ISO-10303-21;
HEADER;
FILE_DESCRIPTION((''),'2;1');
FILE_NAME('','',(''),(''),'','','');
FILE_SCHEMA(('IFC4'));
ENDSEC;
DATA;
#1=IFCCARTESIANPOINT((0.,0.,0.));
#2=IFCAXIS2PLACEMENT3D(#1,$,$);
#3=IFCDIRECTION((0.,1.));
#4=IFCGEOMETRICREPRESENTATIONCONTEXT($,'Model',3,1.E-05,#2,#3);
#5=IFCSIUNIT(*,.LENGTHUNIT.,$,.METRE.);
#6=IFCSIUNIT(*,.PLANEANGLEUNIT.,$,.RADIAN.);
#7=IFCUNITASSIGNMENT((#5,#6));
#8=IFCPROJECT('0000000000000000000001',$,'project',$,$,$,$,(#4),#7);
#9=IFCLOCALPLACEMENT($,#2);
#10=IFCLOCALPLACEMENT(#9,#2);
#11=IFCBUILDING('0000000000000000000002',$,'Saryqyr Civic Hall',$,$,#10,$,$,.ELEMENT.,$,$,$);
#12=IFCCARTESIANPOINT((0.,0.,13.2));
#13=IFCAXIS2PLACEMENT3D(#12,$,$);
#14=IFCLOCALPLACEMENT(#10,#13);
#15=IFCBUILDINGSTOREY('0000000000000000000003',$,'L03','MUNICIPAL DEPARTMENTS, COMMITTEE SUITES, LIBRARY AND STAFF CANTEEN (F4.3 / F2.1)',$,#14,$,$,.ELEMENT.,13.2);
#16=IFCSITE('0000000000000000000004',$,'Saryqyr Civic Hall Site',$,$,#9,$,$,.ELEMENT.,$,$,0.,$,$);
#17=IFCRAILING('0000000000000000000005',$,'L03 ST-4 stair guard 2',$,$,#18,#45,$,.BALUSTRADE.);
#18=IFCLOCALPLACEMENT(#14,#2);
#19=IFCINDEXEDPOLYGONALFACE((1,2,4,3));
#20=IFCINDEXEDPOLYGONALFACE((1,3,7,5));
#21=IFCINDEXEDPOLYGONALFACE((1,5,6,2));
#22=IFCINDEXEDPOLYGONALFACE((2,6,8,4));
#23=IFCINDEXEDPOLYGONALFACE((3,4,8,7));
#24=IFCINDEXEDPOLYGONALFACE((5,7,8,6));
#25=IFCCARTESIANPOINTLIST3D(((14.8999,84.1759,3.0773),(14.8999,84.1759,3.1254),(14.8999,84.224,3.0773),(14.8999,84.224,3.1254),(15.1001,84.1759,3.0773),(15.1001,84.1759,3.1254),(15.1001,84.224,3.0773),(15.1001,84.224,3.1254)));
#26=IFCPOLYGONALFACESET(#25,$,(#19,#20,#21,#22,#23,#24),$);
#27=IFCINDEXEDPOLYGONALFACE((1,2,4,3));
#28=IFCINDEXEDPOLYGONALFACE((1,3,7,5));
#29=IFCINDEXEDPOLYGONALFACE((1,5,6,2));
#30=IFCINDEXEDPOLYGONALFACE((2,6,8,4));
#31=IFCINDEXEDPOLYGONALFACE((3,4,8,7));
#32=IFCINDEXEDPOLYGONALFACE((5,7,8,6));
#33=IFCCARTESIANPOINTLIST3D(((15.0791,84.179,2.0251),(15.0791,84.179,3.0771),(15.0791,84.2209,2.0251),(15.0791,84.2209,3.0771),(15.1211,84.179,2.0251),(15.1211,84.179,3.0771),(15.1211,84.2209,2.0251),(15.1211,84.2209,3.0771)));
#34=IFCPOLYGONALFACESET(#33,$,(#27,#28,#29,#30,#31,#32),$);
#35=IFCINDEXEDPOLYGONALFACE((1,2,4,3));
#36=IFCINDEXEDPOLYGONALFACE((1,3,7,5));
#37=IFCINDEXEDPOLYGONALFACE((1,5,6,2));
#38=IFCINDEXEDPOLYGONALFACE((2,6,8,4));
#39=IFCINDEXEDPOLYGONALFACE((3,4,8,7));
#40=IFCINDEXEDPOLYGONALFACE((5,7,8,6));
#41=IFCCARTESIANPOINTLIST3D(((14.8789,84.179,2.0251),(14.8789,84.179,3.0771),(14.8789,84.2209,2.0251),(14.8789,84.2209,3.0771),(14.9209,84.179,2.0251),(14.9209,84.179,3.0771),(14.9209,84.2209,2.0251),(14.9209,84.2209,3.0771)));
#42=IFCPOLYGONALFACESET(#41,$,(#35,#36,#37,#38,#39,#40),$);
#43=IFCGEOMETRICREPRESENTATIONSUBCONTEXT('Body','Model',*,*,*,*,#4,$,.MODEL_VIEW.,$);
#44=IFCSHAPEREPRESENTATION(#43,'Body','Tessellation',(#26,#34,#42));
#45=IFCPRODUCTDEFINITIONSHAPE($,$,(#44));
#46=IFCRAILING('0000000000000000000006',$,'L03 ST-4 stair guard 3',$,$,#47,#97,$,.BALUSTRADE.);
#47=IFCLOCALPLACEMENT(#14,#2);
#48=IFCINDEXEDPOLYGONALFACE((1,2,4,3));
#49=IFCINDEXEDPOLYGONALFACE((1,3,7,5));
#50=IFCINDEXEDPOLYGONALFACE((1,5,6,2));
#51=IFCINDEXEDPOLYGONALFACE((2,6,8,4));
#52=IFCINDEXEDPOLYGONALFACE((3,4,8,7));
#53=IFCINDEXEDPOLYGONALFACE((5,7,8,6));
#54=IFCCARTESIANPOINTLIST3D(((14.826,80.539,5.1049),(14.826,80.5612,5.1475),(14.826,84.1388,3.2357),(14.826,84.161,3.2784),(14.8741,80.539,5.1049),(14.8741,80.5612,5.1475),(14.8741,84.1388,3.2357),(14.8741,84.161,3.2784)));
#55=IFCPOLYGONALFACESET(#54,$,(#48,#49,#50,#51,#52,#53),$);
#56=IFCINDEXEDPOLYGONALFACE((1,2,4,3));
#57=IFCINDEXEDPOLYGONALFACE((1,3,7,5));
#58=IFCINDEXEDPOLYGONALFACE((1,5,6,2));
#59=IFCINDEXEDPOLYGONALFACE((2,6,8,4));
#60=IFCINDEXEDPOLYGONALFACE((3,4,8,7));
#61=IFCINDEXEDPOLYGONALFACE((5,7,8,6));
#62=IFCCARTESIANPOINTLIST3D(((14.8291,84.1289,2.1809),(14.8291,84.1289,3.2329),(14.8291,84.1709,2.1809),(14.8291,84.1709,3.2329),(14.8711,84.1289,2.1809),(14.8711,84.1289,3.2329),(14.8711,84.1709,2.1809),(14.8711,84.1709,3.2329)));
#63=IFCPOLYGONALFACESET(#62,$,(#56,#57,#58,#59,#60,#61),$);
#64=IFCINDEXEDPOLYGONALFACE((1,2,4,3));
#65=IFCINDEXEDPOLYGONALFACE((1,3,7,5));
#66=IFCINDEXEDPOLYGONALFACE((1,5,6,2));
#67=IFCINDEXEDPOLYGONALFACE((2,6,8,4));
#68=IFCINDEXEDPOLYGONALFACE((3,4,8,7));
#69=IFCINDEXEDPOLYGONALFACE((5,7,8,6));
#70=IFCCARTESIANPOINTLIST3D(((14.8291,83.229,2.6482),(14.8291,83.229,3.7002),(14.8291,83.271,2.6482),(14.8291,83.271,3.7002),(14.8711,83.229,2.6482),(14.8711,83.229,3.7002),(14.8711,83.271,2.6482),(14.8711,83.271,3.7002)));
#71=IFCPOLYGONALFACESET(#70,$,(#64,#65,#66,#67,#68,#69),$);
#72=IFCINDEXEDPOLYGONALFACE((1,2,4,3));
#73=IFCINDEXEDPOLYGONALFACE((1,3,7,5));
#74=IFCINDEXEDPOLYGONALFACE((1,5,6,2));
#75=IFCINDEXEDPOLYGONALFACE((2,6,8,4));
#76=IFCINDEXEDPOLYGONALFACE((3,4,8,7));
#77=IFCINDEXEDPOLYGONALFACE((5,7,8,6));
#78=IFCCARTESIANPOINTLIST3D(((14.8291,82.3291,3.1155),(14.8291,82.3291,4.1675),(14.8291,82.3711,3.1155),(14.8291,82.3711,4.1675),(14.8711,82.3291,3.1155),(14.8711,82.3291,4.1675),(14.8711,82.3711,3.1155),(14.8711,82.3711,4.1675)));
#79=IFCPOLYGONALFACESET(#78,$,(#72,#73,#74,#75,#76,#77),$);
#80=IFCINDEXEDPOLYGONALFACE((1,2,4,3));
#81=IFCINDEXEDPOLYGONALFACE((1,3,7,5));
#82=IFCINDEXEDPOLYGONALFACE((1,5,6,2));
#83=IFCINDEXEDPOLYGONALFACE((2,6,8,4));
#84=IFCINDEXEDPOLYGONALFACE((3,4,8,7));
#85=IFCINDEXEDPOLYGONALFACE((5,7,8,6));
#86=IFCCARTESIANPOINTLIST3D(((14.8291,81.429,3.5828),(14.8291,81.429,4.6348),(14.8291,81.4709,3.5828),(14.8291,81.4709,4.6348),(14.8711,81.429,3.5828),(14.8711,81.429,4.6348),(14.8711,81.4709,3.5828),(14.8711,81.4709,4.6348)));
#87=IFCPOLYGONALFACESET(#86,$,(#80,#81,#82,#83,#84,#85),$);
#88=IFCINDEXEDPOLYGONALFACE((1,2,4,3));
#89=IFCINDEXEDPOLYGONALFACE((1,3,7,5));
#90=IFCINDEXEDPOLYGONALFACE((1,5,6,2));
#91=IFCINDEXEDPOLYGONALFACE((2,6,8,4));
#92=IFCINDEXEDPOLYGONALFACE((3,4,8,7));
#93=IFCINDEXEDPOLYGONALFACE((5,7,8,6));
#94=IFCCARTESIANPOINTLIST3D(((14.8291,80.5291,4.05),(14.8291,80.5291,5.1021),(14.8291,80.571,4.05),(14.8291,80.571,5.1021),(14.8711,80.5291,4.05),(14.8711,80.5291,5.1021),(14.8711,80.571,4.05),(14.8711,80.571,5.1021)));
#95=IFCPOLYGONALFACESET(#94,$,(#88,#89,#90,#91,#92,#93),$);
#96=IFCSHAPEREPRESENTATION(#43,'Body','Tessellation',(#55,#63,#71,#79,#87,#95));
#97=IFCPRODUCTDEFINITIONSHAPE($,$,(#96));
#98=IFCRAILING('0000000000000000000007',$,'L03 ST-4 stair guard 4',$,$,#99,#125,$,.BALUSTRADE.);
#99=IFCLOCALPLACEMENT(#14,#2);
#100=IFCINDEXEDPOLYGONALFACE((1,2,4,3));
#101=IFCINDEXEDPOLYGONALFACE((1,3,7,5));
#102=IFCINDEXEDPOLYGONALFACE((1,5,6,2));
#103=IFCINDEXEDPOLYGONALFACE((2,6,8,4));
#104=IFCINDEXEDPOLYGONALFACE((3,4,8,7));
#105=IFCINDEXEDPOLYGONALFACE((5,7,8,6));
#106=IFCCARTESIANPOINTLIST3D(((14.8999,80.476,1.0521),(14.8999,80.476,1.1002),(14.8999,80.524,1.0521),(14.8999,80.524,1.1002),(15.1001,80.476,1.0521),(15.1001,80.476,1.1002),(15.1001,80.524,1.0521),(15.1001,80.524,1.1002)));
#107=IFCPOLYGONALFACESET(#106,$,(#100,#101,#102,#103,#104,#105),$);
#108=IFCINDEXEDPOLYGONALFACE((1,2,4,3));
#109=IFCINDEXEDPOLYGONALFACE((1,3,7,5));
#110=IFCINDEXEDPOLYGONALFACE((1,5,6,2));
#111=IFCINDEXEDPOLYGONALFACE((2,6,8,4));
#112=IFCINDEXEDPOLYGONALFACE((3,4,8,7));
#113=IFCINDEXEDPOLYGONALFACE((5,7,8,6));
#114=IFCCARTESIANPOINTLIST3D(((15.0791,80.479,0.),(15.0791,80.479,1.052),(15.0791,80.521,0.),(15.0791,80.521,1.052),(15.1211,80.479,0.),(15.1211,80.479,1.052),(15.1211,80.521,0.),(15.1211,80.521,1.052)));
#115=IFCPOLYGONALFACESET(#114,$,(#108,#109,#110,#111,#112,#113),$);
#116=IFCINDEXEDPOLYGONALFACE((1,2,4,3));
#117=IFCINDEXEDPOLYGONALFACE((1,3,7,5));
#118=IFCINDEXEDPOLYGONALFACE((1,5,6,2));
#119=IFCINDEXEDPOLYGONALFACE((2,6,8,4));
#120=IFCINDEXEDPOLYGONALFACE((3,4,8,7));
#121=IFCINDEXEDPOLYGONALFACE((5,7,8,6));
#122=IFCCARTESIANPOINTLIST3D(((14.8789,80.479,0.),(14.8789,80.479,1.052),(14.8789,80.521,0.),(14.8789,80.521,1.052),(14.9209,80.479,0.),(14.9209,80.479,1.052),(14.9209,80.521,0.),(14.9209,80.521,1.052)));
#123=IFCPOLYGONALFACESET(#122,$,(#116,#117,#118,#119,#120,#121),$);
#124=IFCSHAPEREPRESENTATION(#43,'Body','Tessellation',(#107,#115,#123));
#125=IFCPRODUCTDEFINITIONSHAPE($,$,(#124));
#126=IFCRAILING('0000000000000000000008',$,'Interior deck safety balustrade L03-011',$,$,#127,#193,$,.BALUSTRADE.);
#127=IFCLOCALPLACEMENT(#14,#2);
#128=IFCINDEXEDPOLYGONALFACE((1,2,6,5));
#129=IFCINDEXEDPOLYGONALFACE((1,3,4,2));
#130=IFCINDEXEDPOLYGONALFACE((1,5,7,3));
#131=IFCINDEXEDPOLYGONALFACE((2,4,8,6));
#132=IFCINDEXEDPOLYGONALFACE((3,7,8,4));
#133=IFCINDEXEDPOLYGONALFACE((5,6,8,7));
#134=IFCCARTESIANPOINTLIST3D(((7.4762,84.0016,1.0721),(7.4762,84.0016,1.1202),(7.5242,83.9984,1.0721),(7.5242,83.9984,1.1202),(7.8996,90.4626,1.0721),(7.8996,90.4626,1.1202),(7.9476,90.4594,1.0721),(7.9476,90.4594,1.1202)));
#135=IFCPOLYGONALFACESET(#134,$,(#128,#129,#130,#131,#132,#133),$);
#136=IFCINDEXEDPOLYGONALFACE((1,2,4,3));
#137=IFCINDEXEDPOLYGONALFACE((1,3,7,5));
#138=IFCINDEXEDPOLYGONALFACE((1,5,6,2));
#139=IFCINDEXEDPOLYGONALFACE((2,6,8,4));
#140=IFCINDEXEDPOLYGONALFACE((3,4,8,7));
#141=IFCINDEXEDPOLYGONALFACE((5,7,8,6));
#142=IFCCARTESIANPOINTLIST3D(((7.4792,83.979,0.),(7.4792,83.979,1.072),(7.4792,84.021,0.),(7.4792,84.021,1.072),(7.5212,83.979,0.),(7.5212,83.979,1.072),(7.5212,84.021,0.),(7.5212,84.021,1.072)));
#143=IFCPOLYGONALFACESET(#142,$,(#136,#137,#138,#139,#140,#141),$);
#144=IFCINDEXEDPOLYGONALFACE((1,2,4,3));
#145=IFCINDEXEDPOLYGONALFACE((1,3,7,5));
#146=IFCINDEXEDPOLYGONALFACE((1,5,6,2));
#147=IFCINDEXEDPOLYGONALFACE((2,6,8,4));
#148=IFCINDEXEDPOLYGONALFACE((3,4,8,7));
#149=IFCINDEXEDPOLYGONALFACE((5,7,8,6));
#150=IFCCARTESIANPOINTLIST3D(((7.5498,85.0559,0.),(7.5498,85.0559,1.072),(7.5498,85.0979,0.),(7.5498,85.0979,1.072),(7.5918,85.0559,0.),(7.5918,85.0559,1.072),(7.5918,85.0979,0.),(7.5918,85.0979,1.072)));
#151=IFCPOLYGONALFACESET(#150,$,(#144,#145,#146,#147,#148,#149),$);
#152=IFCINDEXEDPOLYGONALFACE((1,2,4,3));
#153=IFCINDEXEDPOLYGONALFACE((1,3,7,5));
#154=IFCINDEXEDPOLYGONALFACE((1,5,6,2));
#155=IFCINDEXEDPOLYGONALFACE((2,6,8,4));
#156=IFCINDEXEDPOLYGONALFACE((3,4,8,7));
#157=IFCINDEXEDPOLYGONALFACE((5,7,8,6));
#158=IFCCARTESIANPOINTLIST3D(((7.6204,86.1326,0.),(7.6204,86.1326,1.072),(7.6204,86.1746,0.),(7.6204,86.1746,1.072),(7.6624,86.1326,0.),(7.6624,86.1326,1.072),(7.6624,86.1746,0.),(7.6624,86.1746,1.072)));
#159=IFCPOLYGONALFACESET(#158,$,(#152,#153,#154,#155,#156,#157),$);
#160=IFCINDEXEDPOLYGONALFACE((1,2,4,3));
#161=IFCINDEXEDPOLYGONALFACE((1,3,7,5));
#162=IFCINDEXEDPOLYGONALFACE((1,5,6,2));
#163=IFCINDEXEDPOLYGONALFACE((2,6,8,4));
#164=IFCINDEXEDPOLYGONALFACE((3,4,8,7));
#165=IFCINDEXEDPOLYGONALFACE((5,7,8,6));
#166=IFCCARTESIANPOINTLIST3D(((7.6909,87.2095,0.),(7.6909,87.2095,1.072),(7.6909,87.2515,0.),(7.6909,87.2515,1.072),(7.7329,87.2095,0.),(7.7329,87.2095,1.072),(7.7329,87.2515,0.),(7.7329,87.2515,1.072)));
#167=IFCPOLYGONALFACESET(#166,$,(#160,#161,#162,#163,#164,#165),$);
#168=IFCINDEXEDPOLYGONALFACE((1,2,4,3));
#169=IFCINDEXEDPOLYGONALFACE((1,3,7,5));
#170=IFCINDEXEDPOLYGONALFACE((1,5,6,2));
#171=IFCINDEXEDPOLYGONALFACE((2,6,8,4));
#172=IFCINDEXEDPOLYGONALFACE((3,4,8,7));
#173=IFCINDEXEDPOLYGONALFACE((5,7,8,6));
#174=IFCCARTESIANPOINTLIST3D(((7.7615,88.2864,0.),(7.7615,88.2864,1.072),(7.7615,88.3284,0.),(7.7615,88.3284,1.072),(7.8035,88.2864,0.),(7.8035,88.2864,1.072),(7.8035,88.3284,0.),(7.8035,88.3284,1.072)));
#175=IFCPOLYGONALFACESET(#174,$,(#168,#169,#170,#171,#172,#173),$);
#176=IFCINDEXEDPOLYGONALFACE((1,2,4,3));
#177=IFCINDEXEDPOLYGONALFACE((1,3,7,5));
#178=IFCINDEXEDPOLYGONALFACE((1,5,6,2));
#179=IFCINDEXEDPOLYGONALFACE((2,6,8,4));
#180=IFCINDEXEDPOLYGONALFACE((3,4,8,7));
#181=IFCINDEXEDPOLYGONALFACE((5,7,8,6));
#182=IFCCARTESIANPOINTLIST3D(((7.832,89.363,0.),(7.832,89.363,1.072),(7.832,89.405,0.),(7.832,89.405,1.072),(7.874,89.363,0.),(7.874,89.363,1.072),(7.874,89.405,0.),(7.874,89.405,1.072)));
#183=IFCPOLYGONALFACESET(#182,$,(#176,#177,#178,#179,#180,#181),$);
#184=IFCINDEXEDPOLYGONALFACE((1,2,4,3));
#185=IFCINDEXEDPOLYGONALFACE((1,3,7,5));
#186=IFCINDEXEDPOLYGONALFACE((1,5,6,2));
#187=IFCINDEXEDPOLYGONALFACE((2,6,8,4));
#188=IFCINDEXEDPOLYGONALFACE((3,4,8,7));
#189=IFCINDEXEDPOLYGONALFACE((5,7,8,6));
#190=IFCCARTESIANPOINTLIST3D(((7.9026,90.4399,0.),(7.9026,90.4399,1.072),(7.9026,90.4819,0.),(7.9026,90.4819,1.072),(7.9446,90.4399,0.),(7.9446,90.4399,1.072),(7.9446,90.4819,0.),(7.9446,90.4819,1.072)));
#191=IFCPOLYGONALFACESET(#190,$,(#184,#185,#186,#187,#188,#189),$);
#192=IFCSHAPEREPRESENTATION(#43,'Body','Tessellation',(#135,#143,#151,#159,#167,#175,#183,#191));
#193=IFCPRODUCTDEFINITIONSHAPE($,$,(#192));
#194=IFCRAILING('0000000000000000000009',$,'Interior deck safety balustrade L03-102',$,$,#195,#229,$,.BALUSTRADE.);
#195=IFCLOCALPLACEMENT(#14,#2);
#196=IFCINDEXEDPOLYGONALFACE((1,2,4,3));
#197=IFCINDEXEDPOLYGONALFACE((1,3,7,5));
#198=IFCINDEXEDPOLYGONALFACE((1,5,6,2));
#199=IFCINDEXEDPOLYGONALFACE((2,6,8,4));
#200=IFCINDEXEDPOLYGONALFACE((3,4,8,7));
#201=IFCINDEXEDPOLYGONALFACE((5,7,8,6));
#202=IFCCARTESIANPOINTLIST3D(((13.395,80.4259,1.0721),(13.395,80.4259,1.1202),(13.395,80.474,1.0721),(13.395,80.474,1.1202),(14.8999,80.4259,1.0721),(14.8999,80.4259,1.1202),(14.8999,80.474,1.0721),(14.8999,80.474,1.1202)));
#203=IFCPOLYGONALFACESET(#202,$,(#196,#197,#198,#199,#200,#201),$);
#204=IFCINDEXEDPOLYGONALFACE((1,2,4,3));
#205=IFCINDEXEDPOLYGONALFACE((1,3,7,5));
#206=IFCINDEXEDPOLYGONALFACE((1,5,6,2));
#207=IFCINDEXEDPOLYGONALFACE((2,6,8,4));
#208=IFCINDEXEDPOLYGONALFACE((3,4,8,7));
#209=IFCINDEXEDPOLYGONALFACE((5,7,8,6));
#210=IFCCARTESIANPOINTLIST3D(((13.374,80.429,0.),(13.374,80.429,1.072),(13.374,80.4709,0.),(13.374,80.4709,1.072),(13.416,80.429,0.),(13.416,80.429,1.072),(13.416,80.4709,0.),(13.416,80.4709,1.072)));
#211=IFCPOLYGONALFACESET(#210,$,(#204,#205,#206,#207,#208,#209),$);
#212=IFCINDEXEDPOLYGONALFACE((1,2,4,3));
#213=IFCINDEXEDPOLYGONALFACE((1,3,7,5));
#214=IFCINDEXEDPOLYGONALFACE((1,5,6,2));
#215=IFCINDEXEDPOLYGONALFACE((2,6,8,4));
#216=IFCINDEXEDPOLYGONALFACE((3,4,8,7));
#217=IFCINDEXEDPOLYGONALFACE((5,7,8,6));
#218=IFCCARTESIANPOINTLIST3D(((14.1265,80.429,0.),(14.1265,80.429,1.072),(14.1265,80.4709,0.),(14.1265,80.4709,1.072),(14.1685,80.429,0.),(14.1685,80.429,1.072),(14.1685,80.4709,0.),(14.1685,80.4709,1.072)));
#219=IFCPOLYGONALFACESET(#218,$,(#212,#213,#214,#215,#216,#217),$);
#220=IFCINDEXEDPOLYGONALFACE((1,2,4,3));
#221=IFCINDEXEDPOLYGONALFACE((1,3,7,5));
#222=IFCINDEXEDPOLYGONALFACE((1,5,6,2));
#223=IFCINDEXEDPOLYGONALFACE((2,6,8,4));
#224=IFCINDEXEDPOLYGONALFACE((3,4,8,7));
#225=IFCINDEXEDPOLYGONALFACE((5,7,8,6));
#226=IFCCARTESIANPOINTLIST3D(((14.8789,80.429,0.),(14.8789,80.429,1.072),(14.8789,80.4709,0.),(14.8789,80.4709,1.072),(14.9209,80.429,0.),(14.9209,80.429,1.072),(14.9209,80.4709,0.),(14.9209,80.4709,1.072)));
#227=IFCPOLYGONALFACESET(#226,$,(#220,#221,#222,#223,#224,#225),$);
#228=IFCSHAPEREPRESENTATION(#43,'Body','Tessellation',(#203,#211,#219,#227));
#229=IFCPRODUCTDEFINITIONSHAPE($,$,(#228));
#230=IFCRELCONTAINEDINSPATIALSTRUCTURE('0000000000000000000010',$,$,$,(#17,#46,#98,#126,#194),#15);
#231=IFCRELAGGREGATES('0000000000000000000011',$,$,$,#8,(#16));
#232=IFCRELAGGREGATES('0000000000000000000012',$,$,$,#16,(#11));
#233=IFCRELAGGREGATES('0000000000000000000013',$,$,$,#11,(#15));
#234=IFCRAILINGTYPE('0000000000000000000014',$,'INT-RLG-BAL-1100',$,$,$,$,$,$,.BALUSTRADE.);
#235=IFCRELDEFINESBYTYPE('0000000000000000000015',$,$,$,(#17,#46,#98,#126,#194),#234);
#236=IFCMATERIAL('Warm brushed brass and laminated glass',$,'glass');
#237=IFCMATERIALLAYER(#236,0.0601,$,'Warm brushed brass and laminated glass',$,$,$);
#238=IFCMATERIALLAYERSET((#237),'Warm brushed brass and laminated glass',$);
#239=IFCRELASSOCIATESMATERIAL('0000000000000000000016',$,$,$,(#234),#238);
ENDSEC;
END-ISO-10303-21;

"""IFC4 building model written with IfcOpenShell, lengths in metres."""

from ifc_helpers import new_model, si_unit, direction, frame, origin, origin_2d, place, context, subcontext, project, spatial, rectangle, extrude, material, layer, layer_set, type_object, element, save


model = new_model("IFC4")

# Units and contexts
model_context = context("Model", 3, precision=1e-05, world=origin(), true_north=direction((0.0, 1.0)))
body_context = subcontext(model_context, "Body", "Model", "MODEL_VIEW")
ifc_project = project(units=[si_unit("LENGTHUNIT", "METRE"), si_unit("PLANEANGLEUNIT", "RADIAN")], contexts=[model_context])

# Site, building, storey
site_placement = place(None, origin())
site = spatial("IfcSite", under=ifc_project, at=site_placement, Name="Saryqyr Civic Hall Site", CompositionType="ELEMENT", RefElevation=0.0)
building_placement = place(site_placement, origin())
building = spatial("IfcBuilding", under=site, at=building_placement, Name="Saryqyr Civic Hall", CompositionType="ELEMENT")
storey_placement = place(building_placement, frame((0.0, 0.0, 13.2)))
storey = spatial("IfcBuildingStorey", under=building, at=storey_placement, Name="L03", Description="MUNICIPAL DEPARTMENTS, COMMITTEE SUITES, LIBRARY AND STAFF CANTEEN (F4.3 / F2.1)", CompositionType="ELEMENT", Elevation=13.2)

# Railings
ifc_material_1 = material(Name="Warm brushed brass and laminated glass", Category="glass")
ifc_layer_1 = layer(ifc_material_1, 0.0601, Name="Warm brushed brass and laminated glass")
ifc_layer_set_1 = layer_set([ifc_layer_1], Name="Warm brushed brass and laminated glass")
railing_type_1 = type_object("IfcRailingType", Name="INT-RLG-BAL-1100", PredefinedType="BALUSTRADE", material=ifc_layer_set_1)
railing_1_placement = place(storey_placement, frame((15.1001, 84.2, 2.0251)))
element("IfcRailing", 1, at=railing_1_placement, inside=storey, type_object=railing_type_1, Name="L03 ST-4 stair guard 2", PredefinedType="BALUSTRADE", context=body_context, shape_type="SweptSolid", body=[
    extrude(rectangle(XDim=0.0481, YDim=0.0481, at=origin_2d()), frame((0.0, 0.0, 1.0762), z_axis=(-1.0, 0.0, 0.0), x_axis=(0.0, -1.0, 0.0)), (0.0, 0.0, 1.0), 0.2002),
    extrude(rectangle(XDim=0.042, YDim=0.042, at=origin_2d()), origin(), (0.0, 0.0, 1.0), 1.052),
    extrude(rectangle(XDim=0.042, YDim=0.042, at=origin_2d()), frame((-0.2002, 0.0, 0.0)), (0.0, 0.0, 1.0), 1.052),
])
railing_2_placement = place(storey_placement, frame((14.8501, 84.1499, 2.1809)))
element("IfcRailing", 2, at=railing_2_placement, inside=storey, type_object=railing_type_1, Name="L03 ST-4 stair guard 3", PredefinedType="BALUSTRADE", context=body_context, shape_type="SweptSolid", body=[
    extrude(rectangle(XDim=0.0481, YDim=0.0481, at=origin_2d()), frame((0.0, 0.0, 1.0762), z_axis=(0.0, -0.887497, 0.460813), x_axis=(1.0, 0.0, 0.0)), (0.0, 0.0, 1.0), 4.0562),
    extrude(rectangle(XDim=0.042, YDim=0.042, at=origin_2d()), origin(), (0.0, 0.0, 1.0), 1.052),
    extrude(rectangle(XDim=0.042, YDim=0.042, at=origin_2d()), frame((0.0, -0.8999, 0.4673)), (0.0, 0.0, 1.0), 1.052),
    extrude(rectangle(XDim=0.042, YDim=0.042, at=origin_2d()), frame((0.0, -1.7998, 0.9346)), (0.0, 0.0, 1.0), 1.052),
    extrude(rectangle(XDim=0.042, YDim=0.042, at=origin_2d()), frame((0.0, -2.7, 1.4019)), (0.0, 0.0, 1.0), 1.052),
    extrude(rectangle(XDim=0.042, YDim=0.042, at=origin_2d()), frame((0.0, -3.5999, 1.8691)), (0.0, 0.0, 1.0), 1.052),
])
railing_3_placement = place(storey_placement, frame((15.1001, 80.5, 0.0)))
element("IfcRailing", 3, at=railing_3_placement, inside=storey, type_object=railing_type_1, Name="L03 ST-4 stair guard 4", PredefinedType="BALUSTRADE", context=body_context, shape_type="SweptSolid", body=[
    extrude(rectangle(XDim=0.0481, YDim=0.0481, at=origin_2d()), frame((0.0, 0.0, 1.0762), z_axis=(-1.0, 0.0, 0.0), x_axis=(0.0, -1.0, 0.0)), (0.0, 0.0, 1.0), 0.2002),
    extrude(rectangle(XDim=0.042, YDim=0.042, at=origin_2d()), origin(), (0.0, 0.0, 1.0), 1.052),
    extrude(rectangle(XDim=0.042, YDim=0.042, at=origin_2d()), frame((-0.2002, 0.0, 0.0)), (0.0, 0.0, 1.0), 1.052),
])
railing_4_placement = place(storey_placement, frame((7.5002, 84.0, 0.0)))
element("IfcRailing", 4, at=railing_4_placement, inside=storey, type_object=railing_type_1, Name="Interior deck safety balustrade L03-011", PredefinedType="BALUSTRADE", context=body_context, shape_type="SweptSolid", body=[
    extrude(rectangle(XDim=0.0481, YDim=0.0481, at=origin_2d()), frame((0.0, 0.0, 1.0962), z_axis=(0.065383, 0.99786, 0.0), x_axis=(-0.99786, 0.065383, 0.0)), (0.0, 0.0, 1.0), 6.4749),
    extrude(rectangle(XDim=0.042, YDim=0.042, at=origin_2d()), origin(), (0.0, 0.0, 1.0), 1.072),
    extrude(rectangle(XDim=0.042, YDim=0.042, at=origin_2d()), frame((0.0706, 1.0769, 0.0)), (0.0, 0.0, 1.0), 1.072),
    extrude(rectangle(XDim=0.042, YDim=0.042, at=origin_2d()), frame((0.1411, 2.1536, 0.0)), (0.0, 0.0, 1.0), 1.072),
    extrude(rectangle(XDim=0.042, YDim=0.042, at=origin_2d()), frame((0.2117, 3.2305, 0.0)), (0.0, 0.0, 1.0), 1.072),
    extrude(rectangle(XDim=0.042, YDim=0.042, at=origin_2d()), frame((0.2822, 4.3074, 0.0)), (0.0, 0.0, 1.0), 1.072),
    extrude(rectangle(XDim=0.042, YDim=0.042, at=origin_2d()), frame((0.3528, 5.384, 0.0)), (0.0, 0.0, 1.0), 1.072),
    extrude(rectangle(XDim=0.042, YDim=0.042, at=origin_2d()), frame((0.4233, 6.4609, 0.0)), (0.0, 0.0, 1.0), 1.072),
])
for number, where, name in (
    (5, (13.395, 80.45, 0.0), "Interior deck safety balustrade L03-102"),
):
    element("IfcRailing", number, at=place(storey_placement, frame(where)), inside=storey, type_object=railing_type_1, Name=name, PredefinedType="BALUSTRADE", context=body_context, shape_type="SweptSolid", body=[
        extrude(rectangle(XDim=0.0481, YDim=0.0481, at=origin_2d()), frame((0.0, 0.0, 1.0962), z_axis=(1.0, 0.0, 0.0), x_axis=(0.0, 1.0, 0.0)), (0.0, 0.0, 1.0), 1.5049),
        extrude(rectangle(XDim=0.042, YDim=0.042, at=origin_2d()), origin(), (0.0, 0.0, 1.0), 1.072),
        extrude(rectangle(XDim=0.042, YDim=0.042, at=origin_2d()), frame((0.7524, 0.0, 0.0)), (0.0, 0.0, 1.0), 1.072),
        extrude(rectangle(XDim=0.042, YDim=0.042, at=origin_2d()), frame((1.5049, 0.0, 0.0)), (0.0, 0.0, 1.0), 1.072),
    ])

save(model, "model.ifc")
